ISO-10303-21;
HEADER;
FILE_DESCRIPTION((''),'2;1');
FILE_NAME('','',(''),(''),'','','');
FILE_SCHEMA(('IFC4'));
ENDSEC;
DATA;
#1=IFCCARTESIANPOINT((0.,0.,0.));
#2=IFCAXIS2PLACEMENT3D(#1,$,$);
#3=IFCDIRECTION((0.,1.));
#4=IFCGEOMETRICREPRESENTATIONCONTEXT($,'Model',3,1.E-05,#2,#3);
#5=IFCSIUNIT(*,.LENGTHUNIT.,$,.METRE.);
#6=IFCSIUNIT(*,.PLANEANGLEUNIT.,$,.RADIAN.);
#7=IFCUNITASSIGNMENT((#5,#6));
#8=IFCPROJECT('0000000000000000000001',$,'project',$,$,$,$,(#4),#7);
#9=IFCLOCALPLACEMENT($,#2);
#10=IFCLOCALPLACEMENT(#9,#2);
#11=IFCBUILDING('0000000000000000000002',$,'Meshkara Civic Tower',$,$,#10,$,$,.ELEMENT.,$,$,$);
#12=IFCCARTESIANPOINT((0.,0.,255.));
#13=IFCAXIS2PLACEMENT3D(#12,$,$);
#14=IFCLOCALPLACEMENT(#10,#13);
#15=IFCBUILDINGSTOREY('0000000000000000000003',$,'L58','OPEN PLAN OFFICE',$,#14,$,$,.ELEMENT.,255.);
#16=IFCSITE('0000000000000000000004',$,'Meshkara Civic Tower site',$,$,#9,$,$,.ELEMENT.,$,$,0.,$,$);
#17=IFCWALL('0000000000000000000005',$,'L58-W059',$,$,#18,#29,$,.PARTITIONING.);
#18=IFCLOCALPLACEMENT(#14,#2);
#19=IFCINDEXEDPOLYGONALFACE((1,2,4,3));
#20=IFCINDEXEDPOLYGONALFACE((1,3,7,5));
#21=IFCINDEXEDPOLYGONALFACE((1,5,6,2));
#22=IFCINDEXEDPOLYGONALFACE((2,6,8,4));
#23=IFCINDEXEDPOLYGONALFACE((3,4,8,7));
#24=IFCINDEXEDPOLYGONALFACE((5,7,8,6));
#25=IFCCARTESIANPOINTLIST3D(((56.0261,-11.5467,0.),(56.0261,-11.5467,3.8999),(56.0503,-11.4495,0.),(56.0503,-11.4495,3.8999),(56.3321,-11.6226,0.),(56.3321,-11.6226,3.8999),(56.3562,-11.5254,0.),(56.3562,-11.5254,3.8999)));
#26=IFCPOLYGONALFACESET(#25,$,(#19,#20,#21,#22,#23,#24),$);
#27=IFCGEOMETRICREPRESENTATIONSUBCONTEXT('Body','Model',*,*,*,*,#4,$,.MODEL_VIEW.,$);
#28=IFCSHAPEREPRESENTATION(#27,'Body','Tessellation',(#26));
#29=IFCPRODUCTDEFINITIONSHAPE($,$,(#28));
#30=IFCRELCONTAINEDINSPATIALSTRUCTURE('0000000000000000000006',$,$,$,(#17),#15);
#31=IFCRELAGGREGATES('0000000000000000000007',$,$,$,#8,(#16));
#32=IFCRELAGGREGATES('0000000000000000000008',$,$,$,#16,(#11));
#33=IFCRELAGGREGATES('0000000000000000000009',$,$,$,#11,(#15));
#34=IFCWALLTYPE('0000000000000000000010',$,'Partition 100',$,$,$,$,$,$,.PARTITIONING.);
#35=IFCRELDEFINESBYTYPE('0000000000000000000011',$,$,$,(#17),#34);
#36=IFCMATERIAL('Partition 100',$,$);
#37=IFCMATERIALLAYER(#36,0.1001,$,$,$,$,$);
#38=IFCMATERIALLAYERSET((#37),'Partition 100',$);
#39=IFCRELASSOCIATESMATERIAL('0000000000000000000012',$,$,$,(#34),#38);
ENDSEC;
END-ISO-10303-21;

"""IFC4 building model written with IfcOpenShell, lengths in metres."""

from ifc_helpers import new_model, si_unit, direction, frame, frame_2d, origin, place, context, subcontext, project, spatial, rectangle, extrude, material, layer, layer_set, type_object, element, save


model = new_model("IFC4")

# Units and contexts
model_context = context("Model", 3, precision=1e-05, world=origin(), true_north=direction((0.0, 1.0)))
body_context = subcontext(model_context, "Body", "Model", "MODEL_VIEW")
ifc_project = project(units=[si_unit("LENGTHUNIT", "METRE"), si_unit("PLANEANGLEUNIT", "RADIAN")], contexts=[model_context])

# Site, building, storey
site_placement = place(None, origin())
site = spatial("IfcSite", under=ifc_project, at=site_placement, Name="Meshkara Civic Tower site", CompositionType="ELEMENT", RefElevation=0.0)
building_placement = place(site_placement, origin())
building = spatial("IfcBuilding", under=site, at=building_placement, Name="Meshkara Civic Tower", CompositionType="ELEMENT")
storey_placement = place(building_placement, frame((0.0, 0.0, 255.0)))
storey = spatial("IfcBuildingStorey", under=building, at=storey_placement, Name="L58", Description="OPEN PLAN OFFICE", CompositionType="ELEMENT", Elevation=255.0)

# Wall
ifc_material_1 = material(Name="Partition 100")
ifc_layer_1 = layer(ifc_material_1, 0.1001)
ifc_layer_set_1 = layer_set([ifc_layer_1], Name="Partition 100")
wall_type_1 = type_object("IfcWallType", Name="Partition 100", PredefinedType="PARTITIONING", material=ifc_layer_set_1)
wall_1_placement = place(storey_placement, frame((56.0381, -11.498, 0.0), z_axis=(0.0, 0.0, 1.0), x_axis=(0.970551, -0.240895, 0.0)))
element("IfcWall", 1, at=wall_1_placement, inside=storey, type_object=wall_type_1, Name="L58-W059", PredefinedType="PARTITIONING", context=body_context, shape_type="SweptSolid", body=[
    extrude(rectangle(XDim=0.3152, YDim=0.1001, at=frame_2d((0.1577, 0.0))), origin(), (0.0, 0.0, 1.0), 3.8999),
])

save(model, "model.ifc")
